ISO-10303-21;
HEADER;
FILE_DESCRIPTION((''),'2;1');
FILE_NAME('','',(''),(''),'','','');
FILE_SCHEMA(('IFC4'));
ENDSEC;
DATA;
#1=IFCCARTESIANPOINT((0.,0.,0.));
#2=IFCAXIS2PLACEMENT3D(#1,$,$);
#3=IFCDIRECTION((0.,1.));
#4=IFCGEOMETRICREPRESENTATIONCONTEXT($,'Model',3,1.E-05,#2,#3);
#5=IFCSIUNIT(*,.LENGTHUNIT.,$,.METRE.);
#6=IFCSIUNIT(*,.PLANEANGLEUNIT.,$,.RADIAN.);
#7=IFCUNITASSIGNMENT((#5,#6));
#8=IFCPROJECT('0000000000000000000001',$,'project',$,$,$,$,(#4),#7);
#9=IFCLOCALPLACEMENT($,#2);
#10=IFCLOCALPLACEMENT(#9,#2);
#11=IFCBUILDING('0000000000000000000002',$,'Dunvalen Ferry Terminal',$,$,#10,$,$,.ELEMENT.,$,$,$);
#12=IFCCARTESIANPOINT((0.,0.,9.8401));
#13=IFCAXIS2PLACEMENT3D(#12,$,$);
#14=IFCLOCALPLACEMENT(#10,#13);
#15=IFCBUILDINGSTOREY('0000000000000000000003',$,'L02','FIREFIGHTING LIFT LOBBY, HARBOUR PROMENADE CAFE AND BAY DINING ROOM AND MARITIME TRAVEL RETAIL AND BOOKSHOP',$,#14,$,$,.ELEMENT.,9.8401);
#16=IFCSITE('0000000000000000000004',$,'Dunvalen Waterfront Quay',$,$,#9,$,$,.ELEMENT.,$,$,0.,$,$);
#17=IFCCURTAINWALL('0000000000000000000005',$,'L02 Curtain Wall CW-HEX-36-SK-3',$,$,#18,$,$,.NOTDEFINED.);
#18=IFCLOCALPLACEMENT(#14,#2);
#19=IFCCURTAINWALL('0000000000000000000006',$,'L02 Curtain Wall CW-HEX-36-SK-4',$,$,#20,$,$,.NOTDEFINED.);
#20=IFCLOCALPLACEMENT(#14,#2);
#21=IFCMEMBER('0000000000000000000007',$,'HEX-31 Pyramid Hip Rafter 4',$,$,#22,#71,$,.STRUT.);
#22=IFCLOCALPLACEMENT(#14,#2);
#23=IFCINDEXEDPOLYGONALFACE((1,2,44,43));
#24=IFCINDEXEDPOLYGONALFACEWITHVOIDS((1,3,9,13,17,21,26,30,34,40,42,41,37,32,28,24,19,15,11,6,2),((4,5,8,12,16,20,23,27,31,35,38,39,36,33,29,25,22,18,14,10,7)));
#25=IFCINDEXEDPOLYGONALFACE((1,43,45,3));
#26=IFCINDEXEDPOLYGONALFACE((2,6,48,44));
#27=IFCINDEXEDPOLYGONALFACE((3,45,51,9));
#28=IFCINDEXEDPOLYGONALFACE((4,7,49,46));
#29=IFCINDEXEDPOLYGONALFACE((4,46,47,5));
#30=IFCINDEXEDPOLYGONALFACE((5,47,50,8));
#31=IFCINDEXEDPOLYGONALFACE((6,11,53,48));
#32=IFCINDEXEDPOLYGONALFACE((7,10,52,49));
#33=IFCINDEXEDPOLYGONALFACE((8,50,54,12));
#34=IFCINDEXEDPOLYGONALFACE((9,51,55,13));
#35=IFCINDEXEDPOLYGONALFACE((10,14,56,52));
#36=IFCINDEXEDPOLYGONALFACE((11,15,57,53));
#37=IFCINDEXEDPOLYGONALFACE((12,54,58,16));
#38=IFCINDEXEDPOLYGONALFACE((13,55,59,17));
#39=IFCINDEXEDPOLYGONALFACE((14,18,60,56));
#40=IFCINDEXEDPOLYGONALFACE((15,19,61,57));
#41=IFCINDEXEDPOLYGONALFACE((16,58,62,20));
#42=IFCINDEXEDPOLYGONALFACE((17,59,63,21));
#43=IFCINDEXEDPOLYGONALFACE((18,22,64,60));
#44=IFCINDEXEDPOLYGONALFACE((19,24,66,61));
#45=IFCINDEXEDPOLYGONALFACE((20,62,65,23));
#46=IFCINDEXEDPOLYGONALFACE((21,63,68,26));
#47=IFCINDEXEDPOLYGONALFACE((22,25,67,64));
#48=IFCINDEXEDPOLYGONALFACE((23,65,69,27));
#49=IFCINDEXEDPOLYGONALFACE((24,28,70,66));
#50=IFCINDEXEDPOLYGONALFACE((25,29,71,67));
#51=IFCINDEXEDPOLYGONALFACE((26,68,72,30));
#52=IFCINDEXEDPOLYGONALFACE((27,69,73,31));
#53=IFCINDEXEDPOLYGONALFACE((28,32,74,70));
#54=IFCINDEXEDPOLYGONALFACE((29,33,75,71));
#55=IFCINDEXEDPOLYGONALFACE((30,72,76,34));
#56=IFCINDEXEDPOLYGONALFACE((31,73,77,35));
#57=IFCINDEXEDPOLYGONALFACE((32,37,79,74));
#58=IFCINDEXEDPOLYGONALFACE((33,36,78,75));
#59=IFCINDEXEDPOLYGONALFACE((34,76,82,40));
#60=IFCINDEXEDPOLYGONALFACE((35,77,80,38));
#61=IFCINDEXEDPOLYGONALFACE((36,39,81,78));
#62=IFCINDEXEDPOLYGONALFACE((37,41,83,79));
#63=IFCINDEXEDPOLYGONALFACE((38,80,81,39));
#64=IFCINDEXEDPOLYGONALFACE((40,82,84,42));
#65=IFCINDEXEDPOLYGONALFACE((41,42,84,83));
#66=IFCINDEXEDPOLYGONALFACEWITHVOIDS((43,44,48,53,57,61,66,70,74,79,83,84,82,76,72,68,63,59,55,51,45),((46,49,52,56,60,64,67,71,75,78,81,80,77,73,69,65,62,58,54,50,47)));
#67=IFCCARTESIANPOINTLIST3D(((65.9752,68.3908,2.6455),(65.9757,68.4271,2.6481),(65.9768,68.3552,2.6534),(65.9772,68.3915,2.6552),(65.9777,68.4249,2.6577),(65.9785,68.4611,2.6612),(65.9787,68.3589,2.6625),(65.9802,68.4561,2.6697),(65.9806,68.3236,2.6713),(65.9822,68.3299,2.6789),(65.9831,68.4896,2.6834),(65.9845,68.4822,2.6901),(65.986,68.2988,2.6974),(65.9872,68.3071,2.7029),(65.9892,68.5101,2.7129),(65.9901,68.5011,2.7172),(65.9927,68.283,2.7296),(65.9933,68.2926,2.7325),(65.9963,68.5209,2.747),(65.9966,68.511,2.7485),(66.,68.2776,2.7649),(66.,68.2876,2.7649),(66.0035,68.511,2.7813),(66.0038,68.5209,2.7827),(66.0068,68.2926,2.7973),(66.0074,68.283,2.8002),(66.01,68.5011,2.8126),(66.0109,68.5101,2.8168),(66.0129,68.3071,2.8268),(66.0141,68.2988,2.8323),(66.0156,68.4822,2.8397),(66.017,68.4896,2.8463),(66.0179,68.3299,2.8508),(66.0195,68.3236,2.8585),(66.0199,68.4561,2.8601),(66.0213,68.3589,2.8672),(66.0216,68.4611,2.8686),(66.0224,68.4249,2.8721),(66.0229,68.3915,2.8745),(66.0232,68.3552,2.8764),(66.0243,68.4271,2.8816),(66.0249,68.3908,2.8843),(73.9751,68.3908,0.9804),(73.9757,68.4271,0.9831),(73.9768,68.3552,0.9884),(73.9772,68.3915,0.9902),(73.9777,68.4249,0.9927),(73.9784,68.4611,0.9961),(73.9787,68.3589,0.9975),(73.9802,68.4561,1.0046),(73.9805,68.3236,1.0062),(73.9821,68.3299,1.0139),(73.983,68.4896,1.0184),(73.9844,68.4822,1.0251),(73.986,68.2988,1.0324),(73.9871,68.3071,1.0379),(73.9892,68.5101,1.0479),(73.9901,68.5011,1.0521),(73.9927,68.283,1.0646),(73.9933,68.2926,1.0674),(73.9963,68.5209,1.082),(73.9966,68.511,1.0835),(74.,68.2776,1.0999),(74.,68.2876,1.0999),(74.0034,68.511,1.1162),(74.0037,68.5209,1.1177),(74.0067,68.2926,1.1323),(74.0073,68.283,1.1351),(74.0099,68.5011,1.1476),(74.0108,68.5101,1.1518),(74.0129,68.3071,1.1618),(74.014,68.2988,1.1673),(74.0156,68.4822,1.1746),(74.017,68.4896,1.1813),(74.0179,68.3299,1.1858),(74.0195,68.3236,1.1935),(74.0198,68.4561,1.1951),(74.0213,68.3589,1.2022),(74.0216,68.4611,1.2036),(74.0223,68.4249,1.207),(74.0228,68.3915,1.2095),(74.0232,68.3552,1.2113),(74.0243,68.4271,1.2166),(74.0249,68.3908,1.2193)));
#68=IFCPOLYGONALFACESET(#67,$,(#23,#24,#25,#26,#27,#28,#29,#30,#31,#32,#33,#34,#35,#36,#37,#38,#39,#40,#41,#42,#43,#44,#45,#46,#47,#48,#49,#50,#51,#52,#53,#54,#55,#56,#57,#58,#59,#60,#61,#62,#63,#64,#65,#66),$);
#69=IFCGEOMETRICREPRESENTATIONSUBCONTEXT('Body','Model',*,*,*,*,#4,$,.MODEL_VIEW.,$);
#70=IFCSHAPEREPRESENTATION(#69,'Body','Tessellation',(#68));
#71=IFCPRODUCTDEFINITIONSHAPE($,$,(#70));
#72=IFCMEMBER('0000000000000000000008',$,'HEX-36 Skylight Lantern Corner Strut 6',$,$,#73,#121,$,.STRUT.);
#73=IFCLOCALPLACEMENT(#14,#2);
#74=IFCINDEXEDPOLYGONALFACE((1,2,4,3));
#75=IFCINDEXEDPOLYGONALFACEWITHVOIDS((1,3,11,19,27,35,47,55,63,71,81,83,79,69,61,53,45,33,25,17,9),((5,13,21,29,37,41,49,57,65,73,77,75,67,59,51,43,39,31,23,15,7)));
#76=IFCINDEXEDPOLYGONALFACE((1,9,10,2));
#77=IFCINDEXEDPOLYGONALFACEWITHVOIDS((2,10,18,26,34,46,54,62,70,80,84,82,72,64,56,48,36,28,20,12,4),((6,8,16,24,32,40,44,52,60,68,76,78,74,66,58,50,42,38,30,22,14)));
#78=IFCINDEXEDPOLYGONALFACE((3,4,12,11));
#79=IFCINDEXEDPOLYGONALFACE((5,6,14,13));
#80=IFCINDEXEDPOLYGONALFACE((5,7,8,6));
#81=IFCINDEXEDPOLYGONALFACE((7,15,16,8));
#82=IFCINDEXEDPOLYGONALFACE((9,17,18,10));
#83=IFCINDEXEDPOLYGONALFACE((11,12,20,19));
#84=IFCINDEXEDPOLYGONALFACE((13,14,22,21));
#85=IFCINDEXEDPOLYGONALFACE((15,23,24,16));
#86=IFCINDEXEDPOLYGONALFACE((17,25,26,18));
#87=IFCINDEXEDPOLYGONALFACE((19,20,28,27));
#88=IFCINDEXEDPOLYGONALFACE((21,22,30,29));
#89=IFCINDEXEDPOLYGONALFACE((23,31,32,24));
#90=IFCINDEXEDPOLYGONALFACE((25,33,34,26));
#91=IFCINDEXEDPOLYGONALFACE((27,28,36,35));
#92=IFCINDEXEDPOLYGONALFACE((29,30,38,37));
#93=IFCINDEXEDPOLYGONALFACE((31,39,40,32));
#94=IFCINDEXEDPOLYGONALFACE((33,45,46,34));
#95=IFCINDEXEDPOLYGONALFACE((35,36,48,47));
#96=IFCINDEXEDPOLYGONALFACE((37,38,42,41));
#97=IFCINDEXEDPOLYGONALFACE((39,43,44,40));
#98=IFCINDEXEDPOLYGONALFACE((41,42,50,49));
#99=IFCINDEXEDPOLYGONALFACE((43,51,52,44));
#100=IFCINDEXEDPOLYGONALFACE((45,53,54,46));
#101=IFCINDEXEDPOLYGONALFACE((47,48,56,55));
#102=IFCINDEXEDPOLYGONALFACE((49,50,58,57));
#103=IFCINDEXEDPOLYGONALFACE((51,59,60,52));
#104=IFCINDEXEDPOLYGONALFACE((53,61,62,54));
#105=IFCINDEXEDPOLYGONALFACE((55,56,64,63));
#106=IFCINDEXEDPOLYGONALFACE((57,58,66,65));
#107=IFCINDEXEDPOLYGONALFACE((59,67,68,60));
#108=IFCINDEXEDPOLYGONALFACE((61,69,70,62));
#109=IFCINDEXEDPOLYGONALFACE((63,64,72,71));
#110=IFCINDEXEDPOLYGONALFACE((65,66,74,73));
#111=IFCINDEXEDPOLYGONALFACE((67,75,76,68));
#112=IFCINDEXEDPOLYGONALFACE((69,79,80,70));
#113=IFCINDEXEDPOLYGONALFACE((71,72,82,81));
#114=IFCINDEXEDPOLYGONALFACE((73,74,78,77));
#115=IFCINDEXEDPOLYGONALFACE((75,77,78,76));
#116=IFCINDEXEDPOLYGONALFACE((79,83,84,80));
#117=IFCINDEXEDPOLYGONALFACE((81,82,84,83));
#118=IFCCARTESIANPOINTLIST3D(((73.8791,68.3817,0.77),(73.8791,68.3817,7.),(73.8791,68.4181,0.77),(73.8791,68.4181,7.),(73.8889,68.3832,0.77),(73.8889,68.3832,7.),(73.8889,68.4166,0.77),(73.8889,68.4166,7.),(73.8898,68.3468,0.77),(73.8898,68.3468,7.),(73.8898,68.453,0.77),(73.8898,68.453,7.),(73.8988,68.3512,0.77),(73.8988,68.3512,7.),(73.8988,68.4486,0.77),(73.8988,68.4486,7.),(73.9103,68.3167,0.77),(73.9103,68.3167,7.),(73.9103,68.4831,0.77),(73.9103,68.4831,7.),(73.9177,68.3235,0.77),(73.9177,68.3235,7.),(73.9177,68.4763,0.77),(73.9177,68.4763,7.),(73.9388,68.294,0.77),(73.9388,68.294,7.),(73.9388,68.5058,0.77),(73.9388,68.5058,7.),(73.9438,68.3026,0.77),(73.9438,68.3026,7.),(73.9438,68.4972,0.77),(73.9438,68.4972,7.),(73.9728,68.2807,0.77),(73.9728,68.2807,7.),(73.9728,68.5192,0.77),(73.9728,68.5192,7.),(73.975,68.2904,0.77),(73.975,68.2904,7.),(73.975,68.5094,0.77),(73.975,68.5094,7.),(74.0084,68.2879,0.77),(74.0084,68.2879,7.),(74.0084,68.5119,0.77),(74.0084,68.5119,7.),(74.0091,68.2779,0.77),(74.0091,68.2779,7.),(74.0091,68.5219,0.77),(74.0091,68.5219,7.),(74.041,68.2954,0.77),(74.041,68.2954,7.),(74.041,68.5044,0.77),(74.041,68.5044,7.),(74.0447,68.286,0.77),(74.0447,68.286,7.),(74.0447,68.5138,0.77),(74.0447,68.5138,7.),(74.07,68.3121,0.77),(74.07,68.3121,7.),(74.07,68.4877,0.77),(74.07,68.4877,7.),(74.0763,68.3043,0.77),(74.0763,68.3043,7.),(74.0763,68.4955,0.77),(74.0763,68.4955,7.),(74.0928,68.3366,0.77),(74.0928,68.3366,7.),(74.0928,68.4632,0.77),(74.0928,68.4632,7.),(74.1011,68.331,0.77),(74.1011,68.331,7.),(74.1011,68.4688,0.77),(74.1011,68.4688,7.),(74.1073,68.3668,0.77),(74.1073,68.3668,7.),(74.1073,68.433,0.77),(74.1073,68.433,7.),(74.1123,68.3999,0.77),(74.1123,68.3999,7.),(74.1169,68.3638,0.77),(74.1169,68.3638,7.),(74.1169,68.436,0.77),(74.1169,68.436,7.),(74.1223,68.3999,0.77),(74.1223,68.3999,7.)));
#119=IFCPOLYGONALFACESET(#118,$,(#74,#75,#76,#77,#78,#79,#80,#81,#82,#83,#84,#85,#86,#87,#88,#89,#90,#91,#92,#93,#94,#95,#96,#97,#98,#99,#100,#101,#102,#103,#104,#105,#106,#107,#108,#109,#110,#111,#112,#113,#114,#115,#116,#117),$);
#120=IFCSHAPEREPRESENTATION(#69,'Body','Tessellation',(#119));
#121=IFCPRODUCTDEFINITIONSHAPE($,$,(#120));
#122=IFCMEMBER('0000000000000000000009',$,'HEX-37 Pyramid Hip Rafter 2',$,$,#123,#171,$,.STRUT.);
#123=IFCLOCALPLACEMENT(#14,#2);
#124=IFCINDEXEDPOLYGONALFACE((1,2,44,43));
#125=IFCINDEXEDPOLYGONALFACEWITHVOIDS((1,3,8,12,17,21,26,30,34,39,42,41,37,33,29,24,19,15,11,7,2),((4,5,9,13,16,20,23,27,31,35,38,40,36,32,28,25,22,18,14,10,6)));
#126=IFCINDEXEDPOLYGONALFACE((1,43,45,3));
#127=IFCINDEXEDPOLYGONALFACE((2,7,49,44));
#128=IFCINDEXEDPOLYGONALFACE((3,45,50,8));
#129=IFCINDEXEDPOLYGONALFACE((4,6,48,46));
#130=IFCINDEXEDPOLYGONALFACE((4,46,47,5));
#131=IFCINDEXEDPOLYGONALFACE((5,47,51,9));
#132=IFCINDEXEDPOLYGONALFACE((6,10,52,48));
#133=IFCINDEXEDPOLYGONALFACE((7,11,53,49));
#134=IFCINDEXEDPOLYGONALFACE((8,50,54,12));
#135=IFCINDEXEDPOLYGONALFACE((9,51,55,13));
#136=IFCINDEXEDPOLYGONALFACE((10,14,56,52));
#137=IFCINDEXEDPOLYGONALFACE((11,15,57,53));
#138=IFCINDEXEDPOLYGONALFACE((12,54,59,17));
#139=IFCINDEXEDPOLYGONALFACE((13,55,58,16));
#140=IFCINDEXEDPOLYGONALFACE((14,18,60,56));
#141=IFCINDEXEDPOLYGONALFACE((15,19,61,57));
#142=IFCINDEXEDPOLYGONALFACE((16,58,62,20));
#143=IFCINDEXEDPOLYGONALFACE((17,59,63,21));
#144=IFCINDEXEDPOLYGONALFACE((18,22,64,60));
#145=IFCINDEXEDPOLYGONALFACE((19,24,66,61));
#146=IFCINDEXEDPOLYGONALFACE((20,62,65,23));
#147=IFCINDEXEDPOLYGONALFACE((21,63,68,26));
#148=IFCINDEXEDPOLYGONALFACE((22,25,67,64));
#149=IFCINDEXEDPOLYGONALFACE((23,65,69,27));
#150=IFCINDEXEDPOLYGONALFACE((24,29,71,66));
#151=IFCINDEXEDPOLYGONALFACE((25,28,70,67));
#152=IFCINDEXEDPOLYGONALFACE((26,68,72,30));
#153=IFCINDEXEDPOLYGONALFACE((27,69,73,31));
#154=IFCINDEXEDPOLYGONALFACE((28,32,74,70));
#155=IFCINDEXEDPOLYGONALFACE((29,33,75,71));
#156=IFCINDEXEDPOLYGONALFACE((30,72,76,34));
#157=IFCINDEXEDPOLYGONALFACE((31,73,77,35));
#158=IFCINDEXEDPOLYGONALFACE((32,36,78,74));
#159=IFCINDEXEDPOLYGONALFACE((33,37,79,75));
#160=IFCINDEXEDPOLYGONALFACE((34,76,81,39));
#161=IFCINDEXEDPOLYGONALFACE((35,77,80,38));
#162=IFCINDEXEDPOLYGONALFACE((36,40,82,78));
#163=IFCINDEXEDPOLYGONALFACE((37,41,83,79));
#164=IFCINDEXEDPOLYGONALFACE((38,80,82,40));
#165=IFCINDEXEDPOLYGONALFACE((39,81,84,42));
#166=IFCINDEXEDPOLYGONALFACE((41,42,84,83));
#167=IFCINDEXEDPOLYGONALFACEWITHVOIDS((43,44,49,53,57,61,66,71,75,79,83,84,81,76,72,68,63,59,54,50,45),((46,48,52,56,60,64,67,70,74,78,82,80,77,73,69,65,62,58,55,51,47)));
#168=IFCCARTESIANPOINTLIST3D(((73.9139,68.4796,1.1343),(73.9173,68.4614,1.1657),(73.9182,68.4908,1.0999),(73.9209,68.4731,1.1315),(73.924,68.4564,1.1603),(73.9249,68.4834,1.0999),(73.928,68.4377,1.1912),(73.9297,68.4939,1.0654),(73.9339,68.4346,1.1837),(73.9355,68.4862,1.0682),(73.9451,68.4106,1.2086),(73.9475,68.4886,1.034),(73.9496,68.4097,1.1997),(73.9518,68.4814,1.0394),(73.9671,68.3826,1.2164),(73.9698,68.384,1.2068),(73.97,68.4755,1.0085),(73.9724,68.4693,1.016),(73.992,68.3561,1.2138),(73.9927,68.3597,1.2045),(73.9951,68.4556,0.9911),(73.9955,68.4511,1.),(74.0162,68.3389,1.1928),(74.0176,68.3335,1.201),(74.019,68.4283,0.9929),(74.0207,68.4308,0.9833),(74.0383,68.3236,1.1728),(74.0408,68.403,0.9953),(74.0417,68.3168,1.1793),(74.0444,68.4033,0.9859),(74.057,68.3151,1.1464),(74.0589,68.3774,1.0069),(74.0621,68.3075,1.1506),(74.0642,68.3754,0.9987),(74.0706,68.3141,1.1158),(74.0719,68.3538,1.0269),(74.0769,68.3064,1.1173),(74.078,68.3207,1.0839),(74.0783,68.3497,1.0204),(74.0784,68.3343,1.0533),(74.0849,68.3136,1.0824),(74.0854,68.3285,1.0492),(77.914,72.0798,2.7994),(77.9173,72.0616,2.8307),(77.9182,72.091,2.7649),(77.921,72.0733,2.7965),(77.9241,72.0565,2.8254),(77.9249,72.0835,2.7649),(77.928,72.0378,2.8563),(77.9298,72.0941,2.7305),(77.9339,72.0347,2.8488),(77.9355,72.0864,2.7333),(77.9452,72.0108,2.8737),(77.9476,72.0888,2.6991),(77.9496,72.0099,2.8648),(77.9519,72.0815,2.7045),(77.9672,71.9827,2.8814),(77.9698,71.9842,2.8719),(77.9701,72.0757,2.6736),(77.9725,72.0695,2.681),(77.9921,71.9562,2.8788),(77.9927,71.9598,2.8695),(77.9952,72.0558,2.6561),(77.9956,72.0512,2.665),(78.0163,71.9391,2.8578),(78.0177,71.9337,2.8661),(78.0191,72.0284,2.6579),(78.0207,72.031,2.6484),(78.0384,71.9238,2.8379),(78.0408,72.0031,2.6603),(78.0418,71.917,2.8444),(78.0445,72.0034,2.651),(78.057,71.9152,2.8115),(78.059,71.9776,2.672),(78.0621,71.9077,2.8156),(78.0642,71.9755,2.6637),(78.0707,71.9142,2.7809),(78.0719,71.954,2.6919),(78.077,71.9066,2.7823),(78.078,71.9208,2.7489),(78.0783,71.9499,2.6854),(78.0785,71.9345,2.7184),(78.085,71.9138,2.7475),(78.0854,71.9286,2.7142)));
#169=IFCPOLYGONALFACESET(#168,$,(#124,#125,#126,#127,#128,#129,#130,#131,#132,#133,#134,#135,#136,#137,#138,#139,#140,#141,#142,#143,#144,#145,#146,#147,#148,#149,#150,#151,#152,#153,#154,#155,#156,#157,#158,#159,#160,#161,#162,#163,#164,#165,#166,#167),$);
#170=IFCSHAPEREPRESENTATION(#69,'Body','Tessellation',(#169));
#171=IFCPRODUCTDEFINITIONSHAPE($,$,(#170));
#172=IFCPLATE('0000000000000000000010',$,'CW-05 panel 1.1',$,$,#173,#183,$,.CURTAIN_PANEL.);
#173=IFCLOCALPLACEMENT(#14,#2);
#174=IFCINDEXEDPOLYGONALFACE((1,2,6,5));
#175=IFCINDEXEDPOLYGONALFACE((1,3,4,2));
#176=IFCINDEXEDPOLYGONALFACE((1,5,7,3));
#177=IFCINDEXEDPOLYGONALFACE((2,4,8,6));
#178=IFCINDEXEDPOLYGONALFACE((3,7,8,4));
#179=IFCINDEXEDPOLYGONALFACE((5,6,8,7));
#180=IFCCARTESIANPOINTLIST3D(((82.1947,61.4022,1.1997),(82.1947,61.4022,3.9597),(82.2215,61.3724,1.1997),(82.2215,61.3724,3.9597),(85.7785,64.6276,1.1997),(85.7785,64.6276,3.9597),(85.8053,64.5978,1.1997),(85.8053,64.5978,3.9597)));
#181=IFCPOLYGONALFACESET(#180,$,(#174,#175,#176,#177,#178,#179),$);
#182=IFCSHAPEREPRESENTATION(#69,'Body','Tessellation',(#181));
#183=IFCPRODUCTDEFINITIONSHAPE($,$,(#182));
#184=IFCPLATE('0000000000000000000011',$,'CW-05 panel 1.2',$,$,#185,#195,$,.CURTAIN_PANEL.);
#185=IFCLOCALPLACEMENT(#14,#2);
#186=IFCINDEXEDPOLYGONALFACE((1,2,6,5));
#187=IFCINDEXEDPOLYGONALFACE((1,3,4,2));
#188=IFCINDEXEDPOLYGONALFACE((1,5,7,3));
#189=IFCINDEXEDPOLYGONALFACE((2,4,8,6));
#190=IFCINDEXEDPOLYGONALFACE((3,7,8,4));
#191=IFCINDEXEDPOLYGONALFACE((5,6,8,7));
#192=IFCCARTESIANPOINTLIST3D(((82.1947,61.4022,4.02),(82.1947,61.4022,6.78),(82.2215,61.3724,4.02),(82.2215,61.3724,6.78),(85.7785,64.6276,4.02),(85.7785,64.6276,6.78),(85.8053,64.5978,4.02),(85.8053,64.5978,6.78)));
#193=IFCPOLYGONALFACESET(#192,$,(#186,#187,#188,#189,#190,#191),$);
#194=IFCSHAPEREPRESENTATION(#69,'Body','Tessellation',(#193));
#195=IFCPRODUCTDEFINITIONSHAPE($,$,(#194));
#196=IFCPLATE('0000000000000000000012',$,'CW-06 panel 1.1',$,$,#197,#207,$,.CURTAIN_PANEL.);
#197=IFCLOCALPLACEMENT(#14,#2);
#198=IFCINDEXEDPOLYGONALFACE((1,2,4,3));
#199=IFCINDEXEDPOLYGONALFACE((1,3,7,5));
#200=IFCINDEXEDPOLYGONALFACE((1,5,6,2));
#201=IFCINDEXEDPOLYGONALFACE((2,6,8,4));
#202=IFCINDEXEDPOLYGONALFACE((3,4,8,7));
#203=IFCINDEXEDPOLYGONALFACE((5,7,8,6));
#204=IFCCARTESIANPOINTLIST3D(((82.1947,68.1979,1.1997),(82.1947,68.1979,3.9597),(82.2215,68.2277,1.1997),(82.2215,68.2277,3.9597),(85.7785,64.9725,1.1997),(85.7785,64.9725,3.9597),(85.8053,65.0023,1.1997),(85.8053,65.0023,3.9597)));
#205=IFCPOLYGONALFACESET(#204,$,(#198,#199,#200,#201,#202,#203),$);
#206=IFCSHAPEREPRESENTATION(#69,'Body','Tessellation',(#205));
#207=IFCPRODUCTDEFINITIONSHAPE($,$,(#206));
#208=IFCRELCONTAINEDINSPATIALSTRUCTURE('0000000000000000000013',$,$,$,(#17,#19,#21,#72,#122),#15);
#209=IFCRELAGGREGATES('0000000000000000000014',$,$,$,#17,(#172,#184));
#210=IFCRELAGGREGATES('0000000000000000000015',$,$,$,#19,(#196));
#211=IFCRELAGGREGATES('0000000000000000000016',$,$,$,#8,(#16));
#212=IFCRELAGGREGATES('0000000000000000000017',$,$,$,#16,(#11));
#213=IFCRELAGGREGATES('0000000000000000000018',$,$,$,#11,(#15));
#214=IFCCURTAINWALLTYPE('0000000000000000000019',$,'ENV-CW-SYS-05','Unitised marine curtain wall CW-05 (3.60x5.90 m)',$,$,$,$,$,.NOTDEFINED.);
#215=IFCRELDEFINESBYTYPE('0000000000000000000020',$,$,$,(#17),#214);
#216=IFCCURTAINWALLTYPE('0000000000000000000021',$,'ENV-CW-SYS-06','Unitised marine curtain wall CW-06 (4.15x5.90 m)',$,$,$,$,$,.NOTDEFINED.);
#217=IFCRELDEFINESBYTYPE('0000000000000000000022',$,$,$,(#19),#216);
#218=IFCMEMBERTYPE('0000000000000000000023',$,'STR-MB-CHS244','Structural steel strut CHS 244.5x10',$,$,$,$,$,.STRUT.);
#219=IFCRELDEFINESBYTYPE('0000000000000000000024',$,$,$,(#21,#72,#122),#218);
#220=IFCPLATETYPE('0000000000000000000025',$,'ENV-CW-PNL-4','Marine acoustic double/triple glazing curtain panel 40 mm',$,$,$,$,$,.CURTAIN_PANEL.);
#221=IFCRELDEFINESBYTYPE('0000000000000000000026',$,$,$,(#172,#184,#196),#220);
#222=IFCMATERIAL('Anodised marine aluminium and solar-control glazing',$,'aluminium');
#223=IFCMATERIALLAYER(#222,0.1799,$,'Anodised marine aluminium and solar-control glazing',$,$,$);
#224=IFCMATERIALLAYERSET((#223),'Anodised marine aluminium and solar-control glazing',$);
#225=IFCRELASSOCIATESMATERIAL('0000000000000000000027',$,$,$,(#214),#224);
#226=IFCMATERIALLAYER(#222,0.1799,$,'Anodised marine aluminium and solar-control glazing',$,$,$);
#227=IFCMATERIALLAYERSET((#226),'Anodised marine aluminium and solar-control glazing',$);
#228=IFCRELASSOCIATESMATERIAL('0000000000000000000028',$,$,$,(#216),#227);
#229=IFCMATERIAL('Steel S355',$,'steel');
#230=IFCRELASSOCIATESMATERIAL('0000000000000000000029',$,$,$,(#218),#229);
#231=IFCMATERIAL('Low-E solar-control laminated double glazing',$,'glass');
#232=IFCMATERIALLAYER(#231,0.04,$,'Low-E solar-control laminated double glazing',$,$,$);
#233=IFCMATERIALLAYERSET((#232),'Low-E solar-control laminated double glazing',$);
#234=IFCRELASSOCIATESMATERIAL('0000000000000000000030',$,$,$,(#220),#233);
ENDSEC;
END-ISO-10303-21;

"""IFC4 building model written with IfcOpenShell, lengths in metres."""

from ifc_helpers import new_model, si_unit, direction, frame, origin, origin_2d, place, context, subcontext, project, spatial, rectangle, hollow_circle, extrude, material, layer, layer_set, material_profile, profile_set, type_object, element, aggregate, save


model = new_model("IFC4")

# Units and contexts
model_context = context("Model", 3, precision=1e-05, world=origin(), true_north=direction((0.0, 1.0)))
body_context = subcontext(model_context, "Body", "Model", "MODEL_VIEW")
ifc_project = project(units=[si_unit("LENGTHUNIT", "METRE"), si_unit("PLANEANGLEUNIT", "RADIAN")], contexts=[model_context])

# Site, building, storey
site_placement = place(None, origin())
site = spatial("IfcSite", under=ifc_project, at=site_placement, Name="Dunvalen Waterfront Quay", CompositionType="ELEMENT", RefElevation=0.0)
building_placement = place(site_placement, origin())
building = spatial("IfcBuilding", under=site, at=building_placement, Name="Dunvalen Ferry Terminal", CompositionType="ELEMENT")
storey_placement = place(building_placement, frame((0.0, 0.0, 9.8401)))
storey = spatial("IfcBuildingStorey", under=building, at=storey_placement, Name="L02", Description="FIREFIGHTING LIFT LOBBY, HARBOUR PROMENADE CAFE AND BAY DINING ROOM AND MARITIME TRAVEL RETAIL AND BOOKSHOP", CompositionType="ELEMENT", Elevation=9.8401)

# Curtain walls
ifc_material_1 = material(Name="Anodised marine aluminium and solar-control glazing", Category="aluminium")
ifc_layer_1 = layer(ifc_material_1, 0.1799, Name="Anodised marine aluminium and solar-control glazing")
ifc_layer_set_1 = layer_set([ifc_layer_1], Name="Anodised marine aluminium and solar-control glazing")
curtain_wall_type_1 = type_object("IfcCurtainWallType", Name="ENV-CW-SYS-05", Description="Unitised marine curtain wall CW-05 (3.60x5.90 m)", PredefinedType="NOTDEFINED", material=ifc_layer_set_1)
curtain_wall_1_placement = place(storey_placement, origin())
curtain_wall_1 = element("IfcCurtainWall", 1, at=curtain_wall_1_placement, inside=storey, type_object=curtain_wall_type_1, Name="L02 Curtain Wall CW-HEX-36-SK-3", PredefinedType="NOTDEFINED")
ifc_layer_2 = layer(ifc_material_1, 0.1799, Name="Anodised marine aluminium and solar-control glazing")
ifc_layer_set_2 = layer_set([ifc_layer_2], Name="Anodised marine aluminium and solar-control glazing")
curtain_wall_type_2 = type_object("IfcCurtainWallType", Name="ENV-CW-SYS-06", Description="Unitised marine curtain wall CW-06 (4.15x5.90 m)", PredefinedType="NOTDEFINED", material=ifc_layer_set_2)
curtain_wall_2_placement = place(storey_placement, origin())
curtain_wall_2 = element("IfcCurtainWall", 2, at=curtain_wall_2_placement, inside=storey, type_object=curtain_wall_type_2, Name="L02 Curtain Wall CW-HEX-36-SK-4", PredefinedType="NOTDEFINED")

# Shared definitions
ifc_material_2 = material(Name="Steel S355", Category="steel")

# Members
ifc_material_profile_1 = material_profile(ifc_material_2, hollow_circle(Radius=0.1223, WallThickness=0.01, at=origin_2d()), Name="Steel S355")
ifc_profile_set_1 = profile_set([ifc_material_profile_1], Name="Steel S355")
member_type_1 = type_object("IfcMemberType", Name="STR-MB-CHS244", Description="Structural steel strut CHS 244.5x10", PredefinedType="STRUT", material=ifc_profile_set_1)
member_1_placement = place(storey_placement, frame((74.0, 68.3999, 1.0999), z_axis=(-0.97902, 0.0, 0.203763), x_axis=(0.0, -1.0, 0.0)))
element("IfcMember", 3, at=member_1_placement, inside=storey, type_object=member_type_1, Name="HEX-31 Pyramid Hip Rafter 4", PredefinedType="STRUT", context=body_context, shape_type="SweptSolid", body=[
    extrude(hollow_circle(Radius=0.1223, WallThickness=0.01, at=origin_2d()), origin(), (0.0, 0.0, 1.0), 8.1714),
])
member_2_placement = place(storey_placement, frame((74.0, 68.3999, 0.77), z_axis=(0.0, 0.0, 1.0), x_axis=(1.0, 0.0, 0.0)))
element("IfcMember", 4, at=member_2_placement, inside=storey, type_object=member_type_1, Name="HEX-36 Skylight Lantern Corner Strut 6", PredefinedType="STRUT", context=body_context, shape_type="SweptSolid", body=[
    extrude(hollow_circle(Radius=0.1223, WallThickness=0.01, at=origin_2d()), origin(), (0.0, 0.0, 1.0), 6.23),
])
member_3_placement = place(storey_placement, frame((74.0, 68.3999, 1.0999), z_axis=(0.710075, 0.639085, 0.295576), x_axis=(-0.668975, 0.743285, 0.0)))
element("IfcMember", 5, at=member_3_placement, inside=storey, type_object=member_type_1, Name="HEX-37 Pyramid Hip Rafter 2", PredefinedType="STRUT", context=body_context, shape_type="SweptSolid", body=[
    extrude(hollow_circle(Radius=0.1223, WallThickness=0.01, at=origin_2d()), origin(), (0.0, 0.0, 1.0), 5.6333),
])

# Plates
ifc_material_3 = material(Name="Low-E solar-control laminated double glazing", Category="glass")
ifc_layer_3 = layer(ifc_material_3, 0.04, Name="Low-E solar-control laminated double glazing")
ifc_layer_set_3 = layer_set([ifc_layer_3], Name="Low-E solar-control laminated double glazing")
plate_type_1 = type_object("IfcPlateType", Name="ENV-CW-PNL-4", Description="Marine acoustic double/triple glazing curtain panel 40 mm", PredefinedType="CURTAIN_PANEL", material=ifc_layer_set_3)
plate_1_placement = place(storey_placement, frame((84.0, 63.0, 1.1997), z_axis=(0.0, 0.0, 1.0), x_axis=(0.743304, 0.668954, 0.0)))
plate_1 = element("IfcPlate", 6, at=plate_1_placement, type_object=plate_type_1, Name="CW-05 panel 1.1", PredefinedType="CURTAIN_PANEL", context=body_context, shape_type="SweptSolid", body=[
    extrude(rectangle(XDim=4.8215, YDim=0.04, at=origin_2d()), origin(), (0.0, 0.0, 1.0), 2.76),
])
plate_2_placement = place(storey_placement, frame((84.0, 63.0, 4.02), z_axis=(0.0, 0.0, 1.0), x_axis=(0.743304, 0.668954, 0.0)))
plate_2 = element("IfcPlate", 7, at=plate_2_placement, type_object=plate_type_1, Name="CW-05 panel 1.2", PredefinedType="CURTAIN_PANEL", context=body_context, shape_type="SweptSolid", body=[
    extrude(rectangle(XDim=4.8215, YDim=0.04, at=origin_2d()), origin(), (0.0, 0.0, 1.0), 2.76),
])
aggregate(curtain_wall_1, [plate_1, plate_2])
plate_3_placement = place(storey_placement, frame((84.0, 66.6001, 1.1997), z_axis=(0.0, 0.0, 1.0), x_axis=(-0.743304, 0.668954, 0.0)))
plate_3 = element("IfcPlate", 8, at=plate_3_placement, type_object=plate_type_1, Name="CW-06 panel 1.1", PredefinedType="CURTAIN_PANEL", context=body_context, shape_type="SweptSolid", body=[
    extrude(rectangle(XDim=4.8215, YDim=0.04, at=origin_2d()), origin(), (0.0, 0.0, 1.0), 2.76),
])
aggregate(curtain_wall_2, [plate_3])

save(model, "model.ifc")
